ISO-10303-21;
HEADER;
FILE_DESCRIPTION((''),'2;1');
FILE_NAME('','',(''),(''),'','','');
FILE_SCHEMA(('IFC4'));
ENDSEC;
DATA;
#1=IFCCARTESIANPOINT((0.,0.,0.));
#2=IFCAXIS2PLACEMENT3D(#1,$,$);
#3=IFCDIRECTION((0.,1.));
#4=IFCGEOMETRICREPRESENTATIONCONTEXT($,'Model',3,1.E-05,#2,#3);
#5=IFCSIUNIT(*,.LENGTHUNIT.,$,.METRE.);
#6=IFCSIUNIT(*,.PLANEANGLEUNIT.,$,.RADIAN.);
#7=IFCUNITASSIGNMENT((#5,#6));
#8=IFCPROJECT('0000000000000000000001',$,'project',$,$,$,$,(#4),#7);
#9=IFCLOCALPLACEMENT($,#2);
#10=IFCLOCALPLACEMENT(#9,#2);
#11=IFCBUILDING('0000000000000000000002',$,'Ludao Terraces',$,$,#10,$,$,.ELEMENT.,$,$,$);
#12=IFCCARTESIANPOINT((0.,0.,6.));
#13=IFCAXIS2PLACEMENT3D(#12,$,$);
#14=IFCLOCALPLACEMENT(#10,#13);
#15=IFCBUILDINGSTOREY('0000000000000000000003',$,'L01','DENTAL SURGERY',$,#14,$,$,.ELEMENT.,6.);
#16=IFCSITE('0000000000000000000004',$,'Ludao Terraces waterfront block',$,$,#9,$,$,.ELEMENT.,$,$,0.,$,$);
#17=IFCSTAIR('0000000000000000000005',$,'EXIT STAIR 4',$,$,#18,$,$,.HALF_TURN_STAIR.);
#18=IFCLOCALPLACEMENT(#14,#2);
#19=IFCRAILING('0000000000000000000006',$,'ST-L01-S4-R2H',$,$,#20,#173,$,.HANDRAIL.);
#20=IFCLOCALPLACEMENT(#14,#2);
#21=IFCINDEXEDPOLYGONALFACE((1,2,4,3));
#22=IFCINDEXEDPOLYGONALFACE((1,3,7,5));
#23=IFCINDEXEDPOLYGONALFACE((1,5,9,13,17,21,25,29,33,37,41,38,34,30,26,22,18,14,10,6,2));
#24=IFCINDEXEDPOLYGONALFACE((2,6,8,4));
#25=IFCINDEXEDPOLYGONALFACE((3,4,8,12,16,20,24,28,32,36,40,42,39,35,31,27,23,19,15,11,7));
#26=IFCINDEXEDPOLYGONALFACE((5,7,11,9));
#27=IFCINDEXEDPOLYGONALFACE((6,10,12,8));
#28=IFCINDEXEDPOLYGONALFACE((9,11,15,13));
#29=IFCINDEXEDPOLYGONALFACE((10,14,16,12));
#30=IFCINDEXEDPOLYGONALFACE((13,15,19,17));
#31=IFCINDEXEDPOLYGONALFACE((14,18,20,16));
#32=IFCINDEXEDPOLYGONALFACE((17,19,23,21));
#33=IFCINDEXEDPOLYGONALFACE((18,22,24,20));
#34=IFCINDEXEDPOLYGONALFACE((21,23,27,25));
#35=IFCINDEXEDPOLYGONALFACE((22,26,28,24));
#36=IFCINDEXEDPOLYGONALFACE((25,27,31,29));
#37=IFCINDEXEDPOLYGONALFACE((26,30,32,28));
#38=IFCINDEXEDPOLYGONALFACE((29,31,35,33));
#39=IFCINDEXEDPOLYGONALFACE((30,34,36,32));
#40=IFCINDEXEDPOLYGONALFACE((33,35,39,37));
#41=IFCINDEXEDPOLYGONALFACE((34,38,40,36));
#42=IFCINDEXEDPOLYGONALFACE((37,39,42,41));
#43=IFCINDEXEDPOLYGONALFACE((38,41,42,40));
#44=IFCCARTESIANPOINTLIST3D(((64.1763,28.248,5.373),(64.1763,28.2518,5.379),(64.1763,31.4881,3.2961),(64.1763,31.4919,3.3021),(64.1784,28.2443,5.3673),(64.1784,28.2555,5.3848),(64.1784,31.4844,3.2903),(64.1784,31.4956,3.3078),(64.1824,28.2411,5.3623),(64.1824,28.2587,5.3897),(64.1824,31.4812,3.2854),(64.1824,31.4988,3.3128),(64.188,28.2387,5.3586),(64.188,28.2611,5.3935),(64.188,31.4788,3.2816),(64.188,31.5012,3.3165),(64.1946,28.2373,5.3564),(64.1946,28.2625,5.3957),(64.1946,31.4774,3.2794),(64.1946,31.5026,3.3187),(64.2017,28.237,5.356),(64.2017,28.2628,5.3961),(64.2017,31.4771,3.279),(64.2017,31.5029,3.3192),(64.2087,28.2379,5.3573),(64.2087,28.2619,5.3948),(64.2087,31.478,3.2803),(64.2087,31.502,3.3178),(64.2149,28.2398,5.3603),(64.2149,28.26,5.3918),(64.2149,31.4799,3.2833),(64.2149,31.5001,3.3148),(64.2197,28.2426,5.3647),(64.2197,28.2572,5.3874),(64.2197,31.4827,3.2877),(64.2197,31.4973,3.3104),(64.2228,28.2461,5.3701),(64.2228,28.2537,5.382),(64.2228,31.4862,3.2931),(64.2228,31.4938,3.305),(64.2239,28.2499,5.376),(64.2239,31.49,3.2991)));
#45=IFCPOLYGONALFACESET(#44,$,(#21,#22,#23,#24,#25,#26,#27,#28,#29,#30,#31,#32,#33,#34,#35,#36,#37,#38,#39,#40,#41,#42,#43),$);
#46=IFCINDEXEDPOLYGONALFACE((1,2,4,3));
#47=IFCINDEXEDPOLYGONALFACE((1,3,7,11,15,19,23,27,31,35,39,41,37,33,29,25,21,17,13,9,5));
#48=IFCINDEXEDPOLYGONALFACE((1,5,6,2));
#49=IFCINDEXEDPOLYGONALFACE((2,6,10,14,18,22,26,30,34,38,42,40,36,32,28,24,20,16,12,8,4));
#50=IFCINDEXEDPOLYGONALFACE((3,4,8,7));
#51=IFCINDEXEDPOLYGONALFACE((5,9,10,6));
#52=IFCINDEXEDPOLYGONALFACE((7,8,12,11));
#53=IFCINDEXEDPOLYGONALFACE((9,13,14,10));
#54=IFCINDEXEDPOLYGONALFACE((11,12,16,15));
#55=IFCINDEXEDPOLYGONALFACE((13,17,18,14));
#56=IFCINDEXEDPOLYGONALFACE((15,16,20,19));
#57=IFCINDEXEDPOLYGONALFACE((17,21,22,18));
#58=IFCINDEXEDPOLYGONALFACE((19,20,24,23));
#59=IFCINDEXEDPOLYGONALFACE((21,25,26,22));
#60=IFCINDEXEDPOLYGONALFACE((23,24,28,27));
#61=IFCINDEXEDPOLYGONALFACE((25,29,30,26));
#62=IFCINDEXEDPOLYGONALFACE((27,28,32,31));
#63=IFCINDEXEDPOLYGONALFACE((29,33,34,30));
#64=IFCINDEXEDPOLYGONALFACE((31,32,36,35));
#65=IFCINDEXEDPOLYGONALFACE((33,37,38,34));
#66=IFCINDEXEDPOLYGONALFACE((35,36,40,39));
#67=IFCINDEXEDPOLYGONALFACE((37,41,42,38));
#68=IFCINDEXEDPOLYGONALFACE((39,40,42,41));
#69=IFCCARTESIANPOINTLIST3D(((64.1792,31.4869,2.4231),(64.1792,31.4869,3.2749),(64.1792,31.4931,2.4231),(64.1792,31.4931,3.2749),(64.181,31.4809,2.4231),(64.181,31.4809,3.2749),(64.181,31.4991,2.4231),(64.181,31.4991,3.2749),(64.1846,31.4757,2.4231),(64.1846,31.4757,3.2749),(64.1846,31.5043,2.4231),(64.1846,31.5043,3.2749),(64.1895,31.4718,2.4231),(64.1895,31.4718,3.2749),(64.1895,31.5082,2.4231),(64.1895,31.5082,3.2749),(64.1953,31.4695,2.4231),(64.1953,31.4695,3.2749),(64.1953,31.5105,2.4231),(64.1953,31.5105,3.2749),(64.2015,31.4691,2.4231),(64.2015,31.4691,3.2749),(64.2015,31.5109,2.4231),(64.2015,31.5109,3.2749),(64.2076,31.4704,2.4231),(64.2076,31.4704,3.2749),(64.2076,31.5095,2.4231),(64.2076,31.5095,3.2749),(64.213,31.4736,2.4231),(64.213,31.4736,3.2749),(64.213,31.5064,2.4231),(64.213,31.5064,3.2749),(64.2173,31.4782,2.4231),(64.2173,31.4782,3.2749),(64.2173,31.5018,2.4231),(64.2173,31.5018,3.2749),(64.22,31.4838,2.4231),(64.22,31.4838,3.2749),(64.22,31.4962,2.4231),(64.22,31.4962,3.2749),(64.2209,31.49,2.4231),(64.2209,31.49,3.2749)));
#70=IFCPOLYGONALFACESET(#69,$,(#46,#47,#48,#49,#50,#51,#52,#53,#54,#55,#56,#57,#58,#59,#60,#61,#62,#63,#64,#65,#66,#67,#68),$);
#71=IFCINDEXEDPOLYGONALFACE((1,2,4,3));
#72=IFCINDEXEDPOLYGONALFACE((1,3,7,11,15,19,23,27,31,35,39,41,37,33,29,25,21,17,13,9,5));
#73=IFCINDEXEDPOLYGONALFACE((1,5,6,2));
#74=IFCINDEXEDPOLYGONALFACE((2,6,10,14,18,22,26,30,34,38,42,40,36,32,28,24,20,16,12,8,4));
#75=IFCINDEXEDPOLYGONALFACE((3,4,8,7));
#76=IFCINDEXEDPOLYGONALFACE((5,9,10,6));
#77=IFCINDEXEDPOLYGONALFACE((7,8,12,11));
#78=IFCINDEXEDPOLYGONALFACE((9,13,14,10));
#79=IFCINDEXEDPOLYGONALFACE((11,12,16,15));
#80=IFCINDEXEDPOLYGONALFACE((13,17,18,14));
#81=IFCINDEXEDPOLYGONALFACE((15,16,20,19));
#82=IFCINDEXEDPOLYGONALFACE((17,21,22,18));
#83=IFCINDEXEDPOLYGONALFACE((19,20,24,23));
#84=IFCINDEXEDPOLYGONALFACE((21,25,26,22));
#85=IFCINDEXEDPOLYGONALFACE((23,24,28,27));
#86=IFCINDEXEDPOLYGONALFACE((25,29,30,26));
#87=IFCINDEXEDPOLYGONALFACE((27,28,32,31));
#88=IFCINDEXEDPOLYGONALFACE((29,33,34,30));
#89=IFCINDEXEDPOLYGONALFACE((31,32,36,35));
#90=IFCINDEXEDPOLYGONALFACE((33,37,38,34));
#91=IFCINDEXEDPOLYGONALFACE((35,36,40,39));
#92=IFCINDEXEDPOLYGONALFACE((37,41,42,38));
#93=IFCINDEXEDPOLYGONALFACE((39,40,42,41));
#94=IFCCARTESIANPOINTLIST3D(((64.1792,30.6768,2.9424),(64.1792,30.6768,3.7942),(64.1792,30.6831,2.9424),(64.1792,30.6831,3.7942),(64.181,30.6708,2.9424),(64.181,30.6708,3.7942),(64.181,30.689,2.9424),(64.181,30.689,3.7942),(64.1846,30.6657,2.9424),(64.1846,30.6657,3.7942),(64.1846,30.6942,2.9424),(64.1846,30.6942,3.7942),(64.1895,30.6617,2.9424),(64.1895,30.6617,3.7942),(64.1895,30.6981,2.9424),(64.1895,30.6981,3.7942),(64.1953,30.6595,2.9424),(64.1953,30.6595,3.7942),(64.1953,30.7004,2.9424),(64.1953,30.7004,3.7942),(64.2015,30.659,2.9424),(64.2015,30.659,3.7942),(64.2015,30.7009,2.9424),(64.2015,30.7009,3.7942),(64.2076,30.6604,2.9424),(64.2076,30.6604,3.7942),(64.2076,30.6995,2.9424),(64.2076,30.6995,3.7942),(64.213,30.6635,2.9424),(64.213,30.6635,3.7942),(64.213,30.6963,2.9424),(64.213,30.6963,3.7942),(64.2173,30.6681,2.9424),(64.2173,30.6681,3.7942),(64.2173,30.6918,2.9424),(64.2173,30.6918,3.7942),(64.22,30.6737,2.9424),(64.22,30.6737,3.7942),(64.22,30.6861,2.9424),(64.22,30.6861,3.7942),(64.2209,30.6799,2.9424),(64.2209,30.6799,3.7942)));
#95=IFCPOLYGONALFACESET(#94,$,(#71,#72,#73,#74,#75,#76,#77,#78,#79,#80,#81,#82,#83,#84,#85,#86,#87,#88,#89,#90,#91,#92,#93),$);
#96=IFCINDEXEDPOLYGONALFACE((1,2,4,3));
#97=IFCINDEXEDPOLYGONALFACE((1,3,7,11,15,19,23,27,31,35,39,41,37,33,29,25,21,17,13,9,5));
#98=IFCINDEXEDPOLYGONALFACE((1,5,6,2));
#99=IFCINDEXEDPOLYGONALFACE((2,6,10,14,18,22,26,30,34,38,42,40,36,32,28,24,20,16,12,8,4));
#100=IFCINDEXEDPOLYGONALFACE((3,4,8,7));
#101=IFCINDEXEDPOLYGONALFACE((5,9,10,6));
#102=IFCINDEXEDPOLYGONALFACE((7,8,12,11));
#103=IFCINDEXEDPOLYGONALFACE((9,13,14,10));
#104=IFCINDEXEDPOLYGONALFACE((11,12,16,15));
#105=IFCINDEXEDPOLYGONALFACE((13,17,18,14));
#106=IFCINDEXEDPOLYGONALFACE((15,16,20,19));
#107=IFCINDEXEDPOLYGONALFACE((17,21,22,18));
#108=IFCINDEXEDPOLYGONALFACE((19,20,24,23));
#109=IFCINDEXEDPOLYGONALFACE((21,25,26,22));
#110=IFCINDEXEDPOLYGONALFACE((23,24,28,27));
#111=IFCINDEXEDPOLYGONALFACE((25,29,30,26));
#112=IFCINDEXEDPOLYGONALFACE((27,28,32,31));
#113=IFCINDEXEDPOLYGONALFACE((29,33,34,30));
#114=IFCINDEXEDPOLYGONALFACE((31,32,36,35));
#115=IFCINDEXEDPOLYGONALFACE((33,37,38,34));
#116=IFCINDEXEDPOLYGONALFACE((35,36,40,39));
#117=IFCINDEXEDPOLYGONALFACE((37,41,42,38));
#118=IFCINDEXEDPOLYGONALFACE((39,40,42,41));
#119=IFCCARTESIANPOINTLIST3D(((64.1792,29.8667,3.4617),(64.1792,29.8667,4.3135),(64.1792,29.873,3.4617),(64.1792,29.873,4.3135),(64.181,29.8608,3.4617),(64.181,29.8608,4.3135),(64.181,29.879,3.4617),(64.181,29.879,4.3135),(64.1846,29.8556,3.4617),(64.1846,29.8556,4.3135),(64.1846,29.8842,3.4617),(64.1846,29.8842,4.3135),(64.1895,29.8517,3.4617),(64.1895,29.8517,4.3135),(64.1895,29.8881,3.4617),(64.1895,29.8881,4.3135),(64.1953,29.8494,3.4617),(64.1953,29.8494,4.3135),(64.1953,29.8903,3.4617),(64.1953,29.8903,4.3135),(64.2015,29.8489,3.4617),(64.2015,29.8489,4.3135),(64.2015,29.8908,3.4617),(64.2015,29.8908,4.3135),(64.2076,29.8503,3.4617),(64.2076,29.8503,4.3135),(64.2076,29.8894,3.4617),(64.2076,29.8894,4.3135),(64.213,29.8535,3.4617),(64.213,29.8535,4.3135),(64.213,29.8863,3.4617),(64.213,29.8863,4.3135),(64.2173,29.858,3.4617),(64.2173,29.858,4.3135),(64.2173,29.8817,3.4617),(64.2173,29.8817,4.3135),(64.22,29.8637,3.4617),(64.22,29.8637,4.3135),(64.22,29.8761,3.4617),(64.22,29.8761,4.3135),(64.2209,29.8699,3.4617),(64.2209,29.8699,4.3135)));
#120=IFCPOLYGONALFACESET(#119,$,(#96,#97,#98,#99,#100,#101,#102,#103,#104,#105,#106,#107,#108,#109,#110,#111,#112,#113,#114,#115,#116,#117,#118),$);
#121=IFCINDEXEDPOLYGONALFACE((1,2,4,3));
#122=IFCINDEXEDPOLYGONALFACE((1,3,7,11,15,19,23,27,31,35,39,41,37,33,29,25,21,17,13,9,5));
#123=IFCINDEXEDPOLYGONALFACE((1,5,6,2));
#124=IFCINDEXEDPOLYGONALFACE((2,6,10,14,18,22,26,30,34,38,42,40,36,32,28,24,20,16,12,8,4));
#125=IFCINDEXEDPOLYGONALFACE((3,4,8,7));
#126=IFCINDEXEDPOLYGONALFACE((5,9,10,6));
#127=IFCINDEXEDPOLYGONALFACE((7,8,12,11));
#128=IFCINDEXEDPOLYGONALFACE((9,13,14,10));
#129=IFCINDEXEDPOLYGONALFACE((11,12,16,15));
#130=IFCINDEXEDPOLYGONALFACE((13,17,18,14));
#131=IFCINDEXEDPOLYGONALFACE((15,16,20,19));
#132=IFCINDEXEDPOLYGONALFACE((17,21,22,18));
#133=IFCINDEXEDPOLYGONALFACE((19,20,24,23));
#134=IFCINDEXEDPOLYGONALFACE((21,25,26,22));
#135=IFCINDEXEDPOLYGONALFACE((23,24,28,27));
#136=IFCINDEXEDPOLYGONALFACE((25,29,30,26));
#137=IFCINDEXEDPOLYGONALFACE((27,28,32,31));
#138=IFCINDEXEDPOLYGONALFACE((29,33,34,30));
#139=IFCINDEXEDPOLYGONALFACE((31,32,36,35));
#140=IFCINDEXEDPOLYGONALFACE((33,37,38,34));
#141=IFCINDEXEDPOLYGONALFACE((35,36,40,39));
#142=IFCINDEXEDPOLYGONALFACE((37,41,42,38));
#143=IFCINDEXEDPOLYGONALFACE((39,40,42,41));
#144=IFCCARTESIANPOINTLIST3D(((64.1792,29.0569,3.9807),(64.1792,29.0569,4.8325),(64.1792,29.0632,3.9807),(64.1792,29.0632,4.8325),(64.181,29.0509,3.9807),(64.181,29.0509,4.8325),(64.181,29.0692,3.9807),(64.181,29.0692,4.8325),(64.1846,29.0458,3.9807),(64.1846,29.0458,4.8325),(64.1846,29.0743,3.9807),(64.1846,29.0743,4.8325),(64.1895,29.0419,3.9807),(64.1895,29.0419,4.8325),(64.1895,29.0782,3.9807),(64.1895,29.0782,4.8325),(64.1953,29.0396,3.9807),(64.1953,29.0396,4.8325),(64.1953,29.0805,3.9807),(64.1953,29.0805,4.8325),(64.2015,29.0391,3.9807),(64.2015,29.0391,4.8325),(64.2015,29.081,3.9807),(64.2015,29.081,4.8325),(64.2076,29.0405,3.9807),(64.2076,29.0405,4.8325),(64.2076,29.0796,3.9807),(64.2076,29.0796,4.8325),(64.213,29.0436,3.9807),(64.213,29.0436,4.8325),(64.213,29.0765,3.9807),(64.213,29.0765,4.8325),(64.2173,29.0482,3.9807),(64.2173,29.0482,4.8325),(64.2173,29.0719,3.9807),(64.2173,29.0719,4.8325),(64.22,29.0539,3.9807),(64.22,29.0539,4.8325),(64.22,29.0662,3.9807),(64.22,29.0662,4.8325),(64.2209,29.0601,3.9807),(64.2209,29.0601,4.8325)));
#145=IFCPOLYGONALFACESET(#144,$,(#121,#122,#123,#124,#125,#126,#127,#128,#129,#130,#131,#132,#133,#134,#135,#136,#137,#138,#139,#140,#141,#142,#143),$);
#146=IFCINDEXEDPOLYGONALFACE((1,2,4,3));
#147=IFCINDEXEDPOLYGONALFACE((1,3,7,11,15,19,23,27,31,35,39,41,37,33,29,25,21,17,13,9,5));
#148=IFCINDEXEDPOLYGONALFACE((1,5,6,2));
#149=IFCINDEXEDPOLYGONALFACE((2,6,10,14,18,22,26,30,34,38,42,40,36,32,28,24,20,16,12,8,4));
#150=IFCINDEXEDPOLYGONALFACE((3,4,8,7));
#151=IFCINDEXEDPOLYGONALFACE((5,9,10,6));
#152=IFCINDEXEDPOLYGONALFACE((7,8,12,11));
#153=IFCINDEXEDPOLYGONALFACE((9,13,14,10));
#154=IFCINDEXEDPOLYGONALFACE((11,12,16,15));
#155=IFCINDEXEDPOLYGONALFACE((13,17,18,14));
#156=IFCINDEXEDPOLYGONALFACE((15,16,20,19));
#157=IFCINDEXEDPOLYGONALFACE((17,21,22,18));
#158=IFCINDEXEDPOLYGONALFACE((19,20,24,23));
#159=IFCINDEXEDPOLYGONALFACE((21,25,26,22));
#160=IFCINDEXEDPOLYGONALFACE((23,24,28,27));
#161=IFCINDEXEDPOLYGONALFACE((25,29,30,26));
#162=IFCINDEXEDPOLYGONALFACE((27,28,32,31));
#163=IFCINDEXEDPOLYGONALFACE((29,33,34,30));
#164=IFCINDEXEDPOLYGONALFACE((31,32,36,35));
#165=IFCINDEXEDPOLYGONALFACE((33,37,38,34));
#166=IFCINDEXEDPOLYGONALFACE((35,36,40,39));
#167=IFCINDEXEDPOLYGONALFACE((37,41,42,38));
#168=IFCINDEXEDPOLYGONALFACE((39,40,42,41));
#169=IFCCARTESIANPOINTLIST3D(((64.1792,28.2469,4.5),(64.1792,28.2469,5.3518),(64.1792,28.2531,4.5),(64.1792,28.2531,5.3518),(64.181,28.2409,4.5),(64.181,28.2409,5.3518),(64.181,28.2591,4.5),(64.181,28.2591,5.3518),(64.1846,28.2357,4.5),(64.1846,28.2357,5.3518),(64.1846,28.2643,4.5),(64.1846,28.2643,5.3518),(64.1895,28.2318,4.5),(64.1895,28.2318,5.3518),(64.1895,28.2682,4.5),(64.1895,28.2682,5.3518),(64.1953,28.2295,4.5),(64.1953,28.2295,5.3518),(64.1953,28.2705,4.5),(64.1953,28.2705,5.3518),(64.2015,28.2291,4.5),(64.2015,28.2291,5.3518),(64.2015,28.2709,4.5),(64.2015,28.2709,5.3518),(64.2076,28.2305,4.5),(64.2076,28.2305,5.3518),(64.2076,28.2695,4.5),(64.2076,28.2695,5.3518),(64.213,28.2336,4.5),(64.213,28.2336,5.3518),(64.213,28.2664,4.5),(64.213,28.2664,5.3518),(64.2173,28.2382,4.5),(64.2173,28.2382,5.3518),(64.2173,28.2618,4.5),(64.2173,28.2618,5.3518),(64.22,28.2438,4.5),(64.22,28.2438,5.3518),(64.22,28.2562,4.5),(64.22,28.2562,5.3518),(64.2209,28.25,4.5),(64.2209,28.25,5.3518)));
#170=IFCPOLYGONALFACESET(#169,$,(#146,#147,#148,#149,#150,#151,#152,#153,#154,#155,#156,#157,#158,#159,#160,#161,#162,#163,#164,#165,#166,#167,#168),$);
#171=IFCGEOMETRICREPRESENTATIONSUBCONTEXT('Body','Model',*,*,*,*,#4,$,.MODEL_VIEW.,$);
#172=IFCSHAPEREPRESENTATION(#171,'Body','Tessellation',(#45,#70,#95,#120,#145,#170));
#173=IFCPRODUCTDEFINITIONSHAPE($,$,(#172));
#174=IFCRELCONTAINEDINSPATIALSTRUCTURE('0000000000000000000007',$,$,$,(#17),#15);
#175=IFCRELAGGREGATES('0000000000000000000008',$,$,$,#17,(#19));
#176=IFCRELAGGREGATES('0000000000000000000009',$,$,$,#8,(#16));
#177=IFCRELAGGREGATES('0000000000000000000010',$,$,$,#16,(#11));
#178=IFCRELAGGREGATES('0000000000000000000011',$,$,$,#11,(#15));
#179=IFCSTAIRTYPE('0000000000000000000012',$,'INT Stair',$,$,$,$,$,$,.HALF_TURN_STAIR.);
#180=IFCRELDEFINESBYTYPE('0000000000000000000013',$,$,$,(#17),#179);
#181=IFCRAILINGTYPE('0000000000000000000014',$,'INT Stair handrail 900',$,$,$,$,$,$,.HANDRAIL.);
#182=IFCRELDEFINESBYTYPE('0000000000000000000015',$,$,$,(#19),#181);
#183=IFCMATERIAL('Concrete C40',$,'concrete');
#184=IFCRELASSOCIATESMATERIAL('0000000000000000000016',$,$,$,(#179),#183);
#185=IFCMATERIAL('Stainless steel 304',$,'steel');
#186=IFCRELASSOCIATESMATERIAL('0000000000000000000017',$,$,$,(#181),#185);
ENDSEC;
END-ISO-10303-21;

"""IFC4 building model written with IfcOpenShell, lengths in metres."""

from ifc_helpers import new_model, si_unit, direction, frame, origin, origin_2d, place, context, subcontext, project, spatial, circle, extrude, material, type_object, element, aggregate, save


model = new_model("IFC4")

# Units and contexts
model_context = context("Model", 3, precision=1e-05, world=origin(), true_north=direction((0.0, 1.0)))
body_context = subcontext(model_context, "Body", "Model", "MODEL_VIEW")
ifc_project = project(units=[si_unit("LENGTHUNIT", "METRE"), si_unit("PLANEANGLEUNIT", "RADIAN")], contexts=[model_context])

# Site, building, storey
site_placement = place(None, origin())
site = spatial("IfcSite", under=ifc_project, at=site_placement, Name="Ludao Terraces waterfront block", CompositionType="ELEMENT", RefElevation=0.0)
building_placement = place(site_placement, origin())
building = spatial("IfcBuilding", under=site, at=building_placement, Name="Ludao Terraces", CompositionType="ELEMENT")
storey_placement = place(building_placement, frame((0.0, 0.0, 6.0)))
storey = spatial("IfcBuildingStorey", under=building, at=storey_placement, Name="L01", Description="DENTAL SURGERY", CompositionType="ELEMENT", Elevation=6.0)

# Shared definitions
ifc_material_1 = material(Name="Concrete C40", Category="concrete")

# Stair, railing
stair_type = type_object("IfcStairType", Name="INT Stair", PredefinedType="HALF_TURN_STAIR", material=ifc_material_1)
stair_placement = place(storey_placement, origin())
stair = element("IfcStair", 1, at=stair_placement, inside=storey, type_object=stair_type, Name="EXIT STAIR 4", PredefinedType="HALF_TURN_STAIR")
ifc_material_2 = material(Name="Stainless steel 304", Category="steel")
railing_type_1 = type_object("IfcRailingType", Name="INT Stair handrail 900", PredefinedType="HANDRAIL", material=ifc_material_2)
railing_1_placement = place(storey_placement, frame((64.2, 31.49, 2.4231)))
railing_1 = element("IfcRailing", 2, at=railing_1_placement, type_object=railing_type_1, Name="ST-L01-S4-R2H", PredefinedType="HANDRAIL", context=body_context, shape_type="SweptSolid", body=[
    extrude(circle(Radius=0.0239, at=origin_2d()), frame((0.0, 0.0, 0.876), z_axis=(0.0, -0.841881, 0.539664), x_axis=(1.0, 0.0, 0.0)), (0.0, 0.0, 1.0), 3.8486),
    extrude(circle(Radius=0.021, at=origin_2d()), origin(), (0.0, 0.0, 1.0), 0.8518),
    extrude(circle(Radius=0.021, at=origin_2d()), frame((0.0, -0.8101, 0.5193)), (0.0, 0.0, 1.0), 0.8518),
    extrude(circle(Radius=0.021, at=origin_2d()), frame((0.0, -1.6201, 1.0386)), (0.0, 0.0, 1.0), 0.8518),
    extrude(circle(Radius=0.021, at=origin_2d()), frame((0.0, -2.4299, 1.5576)), (0.0, 0.0, 1.0), 0.8518),
    extrude(circle(Radius=0.021, at=origin_2d()), frame((0.0, -3.24, 2.0769)), (0.0, 0.0, 1.0), 0.8518),
])
aggregate(stair, [railing_1])

save(model, "model.ifc")
